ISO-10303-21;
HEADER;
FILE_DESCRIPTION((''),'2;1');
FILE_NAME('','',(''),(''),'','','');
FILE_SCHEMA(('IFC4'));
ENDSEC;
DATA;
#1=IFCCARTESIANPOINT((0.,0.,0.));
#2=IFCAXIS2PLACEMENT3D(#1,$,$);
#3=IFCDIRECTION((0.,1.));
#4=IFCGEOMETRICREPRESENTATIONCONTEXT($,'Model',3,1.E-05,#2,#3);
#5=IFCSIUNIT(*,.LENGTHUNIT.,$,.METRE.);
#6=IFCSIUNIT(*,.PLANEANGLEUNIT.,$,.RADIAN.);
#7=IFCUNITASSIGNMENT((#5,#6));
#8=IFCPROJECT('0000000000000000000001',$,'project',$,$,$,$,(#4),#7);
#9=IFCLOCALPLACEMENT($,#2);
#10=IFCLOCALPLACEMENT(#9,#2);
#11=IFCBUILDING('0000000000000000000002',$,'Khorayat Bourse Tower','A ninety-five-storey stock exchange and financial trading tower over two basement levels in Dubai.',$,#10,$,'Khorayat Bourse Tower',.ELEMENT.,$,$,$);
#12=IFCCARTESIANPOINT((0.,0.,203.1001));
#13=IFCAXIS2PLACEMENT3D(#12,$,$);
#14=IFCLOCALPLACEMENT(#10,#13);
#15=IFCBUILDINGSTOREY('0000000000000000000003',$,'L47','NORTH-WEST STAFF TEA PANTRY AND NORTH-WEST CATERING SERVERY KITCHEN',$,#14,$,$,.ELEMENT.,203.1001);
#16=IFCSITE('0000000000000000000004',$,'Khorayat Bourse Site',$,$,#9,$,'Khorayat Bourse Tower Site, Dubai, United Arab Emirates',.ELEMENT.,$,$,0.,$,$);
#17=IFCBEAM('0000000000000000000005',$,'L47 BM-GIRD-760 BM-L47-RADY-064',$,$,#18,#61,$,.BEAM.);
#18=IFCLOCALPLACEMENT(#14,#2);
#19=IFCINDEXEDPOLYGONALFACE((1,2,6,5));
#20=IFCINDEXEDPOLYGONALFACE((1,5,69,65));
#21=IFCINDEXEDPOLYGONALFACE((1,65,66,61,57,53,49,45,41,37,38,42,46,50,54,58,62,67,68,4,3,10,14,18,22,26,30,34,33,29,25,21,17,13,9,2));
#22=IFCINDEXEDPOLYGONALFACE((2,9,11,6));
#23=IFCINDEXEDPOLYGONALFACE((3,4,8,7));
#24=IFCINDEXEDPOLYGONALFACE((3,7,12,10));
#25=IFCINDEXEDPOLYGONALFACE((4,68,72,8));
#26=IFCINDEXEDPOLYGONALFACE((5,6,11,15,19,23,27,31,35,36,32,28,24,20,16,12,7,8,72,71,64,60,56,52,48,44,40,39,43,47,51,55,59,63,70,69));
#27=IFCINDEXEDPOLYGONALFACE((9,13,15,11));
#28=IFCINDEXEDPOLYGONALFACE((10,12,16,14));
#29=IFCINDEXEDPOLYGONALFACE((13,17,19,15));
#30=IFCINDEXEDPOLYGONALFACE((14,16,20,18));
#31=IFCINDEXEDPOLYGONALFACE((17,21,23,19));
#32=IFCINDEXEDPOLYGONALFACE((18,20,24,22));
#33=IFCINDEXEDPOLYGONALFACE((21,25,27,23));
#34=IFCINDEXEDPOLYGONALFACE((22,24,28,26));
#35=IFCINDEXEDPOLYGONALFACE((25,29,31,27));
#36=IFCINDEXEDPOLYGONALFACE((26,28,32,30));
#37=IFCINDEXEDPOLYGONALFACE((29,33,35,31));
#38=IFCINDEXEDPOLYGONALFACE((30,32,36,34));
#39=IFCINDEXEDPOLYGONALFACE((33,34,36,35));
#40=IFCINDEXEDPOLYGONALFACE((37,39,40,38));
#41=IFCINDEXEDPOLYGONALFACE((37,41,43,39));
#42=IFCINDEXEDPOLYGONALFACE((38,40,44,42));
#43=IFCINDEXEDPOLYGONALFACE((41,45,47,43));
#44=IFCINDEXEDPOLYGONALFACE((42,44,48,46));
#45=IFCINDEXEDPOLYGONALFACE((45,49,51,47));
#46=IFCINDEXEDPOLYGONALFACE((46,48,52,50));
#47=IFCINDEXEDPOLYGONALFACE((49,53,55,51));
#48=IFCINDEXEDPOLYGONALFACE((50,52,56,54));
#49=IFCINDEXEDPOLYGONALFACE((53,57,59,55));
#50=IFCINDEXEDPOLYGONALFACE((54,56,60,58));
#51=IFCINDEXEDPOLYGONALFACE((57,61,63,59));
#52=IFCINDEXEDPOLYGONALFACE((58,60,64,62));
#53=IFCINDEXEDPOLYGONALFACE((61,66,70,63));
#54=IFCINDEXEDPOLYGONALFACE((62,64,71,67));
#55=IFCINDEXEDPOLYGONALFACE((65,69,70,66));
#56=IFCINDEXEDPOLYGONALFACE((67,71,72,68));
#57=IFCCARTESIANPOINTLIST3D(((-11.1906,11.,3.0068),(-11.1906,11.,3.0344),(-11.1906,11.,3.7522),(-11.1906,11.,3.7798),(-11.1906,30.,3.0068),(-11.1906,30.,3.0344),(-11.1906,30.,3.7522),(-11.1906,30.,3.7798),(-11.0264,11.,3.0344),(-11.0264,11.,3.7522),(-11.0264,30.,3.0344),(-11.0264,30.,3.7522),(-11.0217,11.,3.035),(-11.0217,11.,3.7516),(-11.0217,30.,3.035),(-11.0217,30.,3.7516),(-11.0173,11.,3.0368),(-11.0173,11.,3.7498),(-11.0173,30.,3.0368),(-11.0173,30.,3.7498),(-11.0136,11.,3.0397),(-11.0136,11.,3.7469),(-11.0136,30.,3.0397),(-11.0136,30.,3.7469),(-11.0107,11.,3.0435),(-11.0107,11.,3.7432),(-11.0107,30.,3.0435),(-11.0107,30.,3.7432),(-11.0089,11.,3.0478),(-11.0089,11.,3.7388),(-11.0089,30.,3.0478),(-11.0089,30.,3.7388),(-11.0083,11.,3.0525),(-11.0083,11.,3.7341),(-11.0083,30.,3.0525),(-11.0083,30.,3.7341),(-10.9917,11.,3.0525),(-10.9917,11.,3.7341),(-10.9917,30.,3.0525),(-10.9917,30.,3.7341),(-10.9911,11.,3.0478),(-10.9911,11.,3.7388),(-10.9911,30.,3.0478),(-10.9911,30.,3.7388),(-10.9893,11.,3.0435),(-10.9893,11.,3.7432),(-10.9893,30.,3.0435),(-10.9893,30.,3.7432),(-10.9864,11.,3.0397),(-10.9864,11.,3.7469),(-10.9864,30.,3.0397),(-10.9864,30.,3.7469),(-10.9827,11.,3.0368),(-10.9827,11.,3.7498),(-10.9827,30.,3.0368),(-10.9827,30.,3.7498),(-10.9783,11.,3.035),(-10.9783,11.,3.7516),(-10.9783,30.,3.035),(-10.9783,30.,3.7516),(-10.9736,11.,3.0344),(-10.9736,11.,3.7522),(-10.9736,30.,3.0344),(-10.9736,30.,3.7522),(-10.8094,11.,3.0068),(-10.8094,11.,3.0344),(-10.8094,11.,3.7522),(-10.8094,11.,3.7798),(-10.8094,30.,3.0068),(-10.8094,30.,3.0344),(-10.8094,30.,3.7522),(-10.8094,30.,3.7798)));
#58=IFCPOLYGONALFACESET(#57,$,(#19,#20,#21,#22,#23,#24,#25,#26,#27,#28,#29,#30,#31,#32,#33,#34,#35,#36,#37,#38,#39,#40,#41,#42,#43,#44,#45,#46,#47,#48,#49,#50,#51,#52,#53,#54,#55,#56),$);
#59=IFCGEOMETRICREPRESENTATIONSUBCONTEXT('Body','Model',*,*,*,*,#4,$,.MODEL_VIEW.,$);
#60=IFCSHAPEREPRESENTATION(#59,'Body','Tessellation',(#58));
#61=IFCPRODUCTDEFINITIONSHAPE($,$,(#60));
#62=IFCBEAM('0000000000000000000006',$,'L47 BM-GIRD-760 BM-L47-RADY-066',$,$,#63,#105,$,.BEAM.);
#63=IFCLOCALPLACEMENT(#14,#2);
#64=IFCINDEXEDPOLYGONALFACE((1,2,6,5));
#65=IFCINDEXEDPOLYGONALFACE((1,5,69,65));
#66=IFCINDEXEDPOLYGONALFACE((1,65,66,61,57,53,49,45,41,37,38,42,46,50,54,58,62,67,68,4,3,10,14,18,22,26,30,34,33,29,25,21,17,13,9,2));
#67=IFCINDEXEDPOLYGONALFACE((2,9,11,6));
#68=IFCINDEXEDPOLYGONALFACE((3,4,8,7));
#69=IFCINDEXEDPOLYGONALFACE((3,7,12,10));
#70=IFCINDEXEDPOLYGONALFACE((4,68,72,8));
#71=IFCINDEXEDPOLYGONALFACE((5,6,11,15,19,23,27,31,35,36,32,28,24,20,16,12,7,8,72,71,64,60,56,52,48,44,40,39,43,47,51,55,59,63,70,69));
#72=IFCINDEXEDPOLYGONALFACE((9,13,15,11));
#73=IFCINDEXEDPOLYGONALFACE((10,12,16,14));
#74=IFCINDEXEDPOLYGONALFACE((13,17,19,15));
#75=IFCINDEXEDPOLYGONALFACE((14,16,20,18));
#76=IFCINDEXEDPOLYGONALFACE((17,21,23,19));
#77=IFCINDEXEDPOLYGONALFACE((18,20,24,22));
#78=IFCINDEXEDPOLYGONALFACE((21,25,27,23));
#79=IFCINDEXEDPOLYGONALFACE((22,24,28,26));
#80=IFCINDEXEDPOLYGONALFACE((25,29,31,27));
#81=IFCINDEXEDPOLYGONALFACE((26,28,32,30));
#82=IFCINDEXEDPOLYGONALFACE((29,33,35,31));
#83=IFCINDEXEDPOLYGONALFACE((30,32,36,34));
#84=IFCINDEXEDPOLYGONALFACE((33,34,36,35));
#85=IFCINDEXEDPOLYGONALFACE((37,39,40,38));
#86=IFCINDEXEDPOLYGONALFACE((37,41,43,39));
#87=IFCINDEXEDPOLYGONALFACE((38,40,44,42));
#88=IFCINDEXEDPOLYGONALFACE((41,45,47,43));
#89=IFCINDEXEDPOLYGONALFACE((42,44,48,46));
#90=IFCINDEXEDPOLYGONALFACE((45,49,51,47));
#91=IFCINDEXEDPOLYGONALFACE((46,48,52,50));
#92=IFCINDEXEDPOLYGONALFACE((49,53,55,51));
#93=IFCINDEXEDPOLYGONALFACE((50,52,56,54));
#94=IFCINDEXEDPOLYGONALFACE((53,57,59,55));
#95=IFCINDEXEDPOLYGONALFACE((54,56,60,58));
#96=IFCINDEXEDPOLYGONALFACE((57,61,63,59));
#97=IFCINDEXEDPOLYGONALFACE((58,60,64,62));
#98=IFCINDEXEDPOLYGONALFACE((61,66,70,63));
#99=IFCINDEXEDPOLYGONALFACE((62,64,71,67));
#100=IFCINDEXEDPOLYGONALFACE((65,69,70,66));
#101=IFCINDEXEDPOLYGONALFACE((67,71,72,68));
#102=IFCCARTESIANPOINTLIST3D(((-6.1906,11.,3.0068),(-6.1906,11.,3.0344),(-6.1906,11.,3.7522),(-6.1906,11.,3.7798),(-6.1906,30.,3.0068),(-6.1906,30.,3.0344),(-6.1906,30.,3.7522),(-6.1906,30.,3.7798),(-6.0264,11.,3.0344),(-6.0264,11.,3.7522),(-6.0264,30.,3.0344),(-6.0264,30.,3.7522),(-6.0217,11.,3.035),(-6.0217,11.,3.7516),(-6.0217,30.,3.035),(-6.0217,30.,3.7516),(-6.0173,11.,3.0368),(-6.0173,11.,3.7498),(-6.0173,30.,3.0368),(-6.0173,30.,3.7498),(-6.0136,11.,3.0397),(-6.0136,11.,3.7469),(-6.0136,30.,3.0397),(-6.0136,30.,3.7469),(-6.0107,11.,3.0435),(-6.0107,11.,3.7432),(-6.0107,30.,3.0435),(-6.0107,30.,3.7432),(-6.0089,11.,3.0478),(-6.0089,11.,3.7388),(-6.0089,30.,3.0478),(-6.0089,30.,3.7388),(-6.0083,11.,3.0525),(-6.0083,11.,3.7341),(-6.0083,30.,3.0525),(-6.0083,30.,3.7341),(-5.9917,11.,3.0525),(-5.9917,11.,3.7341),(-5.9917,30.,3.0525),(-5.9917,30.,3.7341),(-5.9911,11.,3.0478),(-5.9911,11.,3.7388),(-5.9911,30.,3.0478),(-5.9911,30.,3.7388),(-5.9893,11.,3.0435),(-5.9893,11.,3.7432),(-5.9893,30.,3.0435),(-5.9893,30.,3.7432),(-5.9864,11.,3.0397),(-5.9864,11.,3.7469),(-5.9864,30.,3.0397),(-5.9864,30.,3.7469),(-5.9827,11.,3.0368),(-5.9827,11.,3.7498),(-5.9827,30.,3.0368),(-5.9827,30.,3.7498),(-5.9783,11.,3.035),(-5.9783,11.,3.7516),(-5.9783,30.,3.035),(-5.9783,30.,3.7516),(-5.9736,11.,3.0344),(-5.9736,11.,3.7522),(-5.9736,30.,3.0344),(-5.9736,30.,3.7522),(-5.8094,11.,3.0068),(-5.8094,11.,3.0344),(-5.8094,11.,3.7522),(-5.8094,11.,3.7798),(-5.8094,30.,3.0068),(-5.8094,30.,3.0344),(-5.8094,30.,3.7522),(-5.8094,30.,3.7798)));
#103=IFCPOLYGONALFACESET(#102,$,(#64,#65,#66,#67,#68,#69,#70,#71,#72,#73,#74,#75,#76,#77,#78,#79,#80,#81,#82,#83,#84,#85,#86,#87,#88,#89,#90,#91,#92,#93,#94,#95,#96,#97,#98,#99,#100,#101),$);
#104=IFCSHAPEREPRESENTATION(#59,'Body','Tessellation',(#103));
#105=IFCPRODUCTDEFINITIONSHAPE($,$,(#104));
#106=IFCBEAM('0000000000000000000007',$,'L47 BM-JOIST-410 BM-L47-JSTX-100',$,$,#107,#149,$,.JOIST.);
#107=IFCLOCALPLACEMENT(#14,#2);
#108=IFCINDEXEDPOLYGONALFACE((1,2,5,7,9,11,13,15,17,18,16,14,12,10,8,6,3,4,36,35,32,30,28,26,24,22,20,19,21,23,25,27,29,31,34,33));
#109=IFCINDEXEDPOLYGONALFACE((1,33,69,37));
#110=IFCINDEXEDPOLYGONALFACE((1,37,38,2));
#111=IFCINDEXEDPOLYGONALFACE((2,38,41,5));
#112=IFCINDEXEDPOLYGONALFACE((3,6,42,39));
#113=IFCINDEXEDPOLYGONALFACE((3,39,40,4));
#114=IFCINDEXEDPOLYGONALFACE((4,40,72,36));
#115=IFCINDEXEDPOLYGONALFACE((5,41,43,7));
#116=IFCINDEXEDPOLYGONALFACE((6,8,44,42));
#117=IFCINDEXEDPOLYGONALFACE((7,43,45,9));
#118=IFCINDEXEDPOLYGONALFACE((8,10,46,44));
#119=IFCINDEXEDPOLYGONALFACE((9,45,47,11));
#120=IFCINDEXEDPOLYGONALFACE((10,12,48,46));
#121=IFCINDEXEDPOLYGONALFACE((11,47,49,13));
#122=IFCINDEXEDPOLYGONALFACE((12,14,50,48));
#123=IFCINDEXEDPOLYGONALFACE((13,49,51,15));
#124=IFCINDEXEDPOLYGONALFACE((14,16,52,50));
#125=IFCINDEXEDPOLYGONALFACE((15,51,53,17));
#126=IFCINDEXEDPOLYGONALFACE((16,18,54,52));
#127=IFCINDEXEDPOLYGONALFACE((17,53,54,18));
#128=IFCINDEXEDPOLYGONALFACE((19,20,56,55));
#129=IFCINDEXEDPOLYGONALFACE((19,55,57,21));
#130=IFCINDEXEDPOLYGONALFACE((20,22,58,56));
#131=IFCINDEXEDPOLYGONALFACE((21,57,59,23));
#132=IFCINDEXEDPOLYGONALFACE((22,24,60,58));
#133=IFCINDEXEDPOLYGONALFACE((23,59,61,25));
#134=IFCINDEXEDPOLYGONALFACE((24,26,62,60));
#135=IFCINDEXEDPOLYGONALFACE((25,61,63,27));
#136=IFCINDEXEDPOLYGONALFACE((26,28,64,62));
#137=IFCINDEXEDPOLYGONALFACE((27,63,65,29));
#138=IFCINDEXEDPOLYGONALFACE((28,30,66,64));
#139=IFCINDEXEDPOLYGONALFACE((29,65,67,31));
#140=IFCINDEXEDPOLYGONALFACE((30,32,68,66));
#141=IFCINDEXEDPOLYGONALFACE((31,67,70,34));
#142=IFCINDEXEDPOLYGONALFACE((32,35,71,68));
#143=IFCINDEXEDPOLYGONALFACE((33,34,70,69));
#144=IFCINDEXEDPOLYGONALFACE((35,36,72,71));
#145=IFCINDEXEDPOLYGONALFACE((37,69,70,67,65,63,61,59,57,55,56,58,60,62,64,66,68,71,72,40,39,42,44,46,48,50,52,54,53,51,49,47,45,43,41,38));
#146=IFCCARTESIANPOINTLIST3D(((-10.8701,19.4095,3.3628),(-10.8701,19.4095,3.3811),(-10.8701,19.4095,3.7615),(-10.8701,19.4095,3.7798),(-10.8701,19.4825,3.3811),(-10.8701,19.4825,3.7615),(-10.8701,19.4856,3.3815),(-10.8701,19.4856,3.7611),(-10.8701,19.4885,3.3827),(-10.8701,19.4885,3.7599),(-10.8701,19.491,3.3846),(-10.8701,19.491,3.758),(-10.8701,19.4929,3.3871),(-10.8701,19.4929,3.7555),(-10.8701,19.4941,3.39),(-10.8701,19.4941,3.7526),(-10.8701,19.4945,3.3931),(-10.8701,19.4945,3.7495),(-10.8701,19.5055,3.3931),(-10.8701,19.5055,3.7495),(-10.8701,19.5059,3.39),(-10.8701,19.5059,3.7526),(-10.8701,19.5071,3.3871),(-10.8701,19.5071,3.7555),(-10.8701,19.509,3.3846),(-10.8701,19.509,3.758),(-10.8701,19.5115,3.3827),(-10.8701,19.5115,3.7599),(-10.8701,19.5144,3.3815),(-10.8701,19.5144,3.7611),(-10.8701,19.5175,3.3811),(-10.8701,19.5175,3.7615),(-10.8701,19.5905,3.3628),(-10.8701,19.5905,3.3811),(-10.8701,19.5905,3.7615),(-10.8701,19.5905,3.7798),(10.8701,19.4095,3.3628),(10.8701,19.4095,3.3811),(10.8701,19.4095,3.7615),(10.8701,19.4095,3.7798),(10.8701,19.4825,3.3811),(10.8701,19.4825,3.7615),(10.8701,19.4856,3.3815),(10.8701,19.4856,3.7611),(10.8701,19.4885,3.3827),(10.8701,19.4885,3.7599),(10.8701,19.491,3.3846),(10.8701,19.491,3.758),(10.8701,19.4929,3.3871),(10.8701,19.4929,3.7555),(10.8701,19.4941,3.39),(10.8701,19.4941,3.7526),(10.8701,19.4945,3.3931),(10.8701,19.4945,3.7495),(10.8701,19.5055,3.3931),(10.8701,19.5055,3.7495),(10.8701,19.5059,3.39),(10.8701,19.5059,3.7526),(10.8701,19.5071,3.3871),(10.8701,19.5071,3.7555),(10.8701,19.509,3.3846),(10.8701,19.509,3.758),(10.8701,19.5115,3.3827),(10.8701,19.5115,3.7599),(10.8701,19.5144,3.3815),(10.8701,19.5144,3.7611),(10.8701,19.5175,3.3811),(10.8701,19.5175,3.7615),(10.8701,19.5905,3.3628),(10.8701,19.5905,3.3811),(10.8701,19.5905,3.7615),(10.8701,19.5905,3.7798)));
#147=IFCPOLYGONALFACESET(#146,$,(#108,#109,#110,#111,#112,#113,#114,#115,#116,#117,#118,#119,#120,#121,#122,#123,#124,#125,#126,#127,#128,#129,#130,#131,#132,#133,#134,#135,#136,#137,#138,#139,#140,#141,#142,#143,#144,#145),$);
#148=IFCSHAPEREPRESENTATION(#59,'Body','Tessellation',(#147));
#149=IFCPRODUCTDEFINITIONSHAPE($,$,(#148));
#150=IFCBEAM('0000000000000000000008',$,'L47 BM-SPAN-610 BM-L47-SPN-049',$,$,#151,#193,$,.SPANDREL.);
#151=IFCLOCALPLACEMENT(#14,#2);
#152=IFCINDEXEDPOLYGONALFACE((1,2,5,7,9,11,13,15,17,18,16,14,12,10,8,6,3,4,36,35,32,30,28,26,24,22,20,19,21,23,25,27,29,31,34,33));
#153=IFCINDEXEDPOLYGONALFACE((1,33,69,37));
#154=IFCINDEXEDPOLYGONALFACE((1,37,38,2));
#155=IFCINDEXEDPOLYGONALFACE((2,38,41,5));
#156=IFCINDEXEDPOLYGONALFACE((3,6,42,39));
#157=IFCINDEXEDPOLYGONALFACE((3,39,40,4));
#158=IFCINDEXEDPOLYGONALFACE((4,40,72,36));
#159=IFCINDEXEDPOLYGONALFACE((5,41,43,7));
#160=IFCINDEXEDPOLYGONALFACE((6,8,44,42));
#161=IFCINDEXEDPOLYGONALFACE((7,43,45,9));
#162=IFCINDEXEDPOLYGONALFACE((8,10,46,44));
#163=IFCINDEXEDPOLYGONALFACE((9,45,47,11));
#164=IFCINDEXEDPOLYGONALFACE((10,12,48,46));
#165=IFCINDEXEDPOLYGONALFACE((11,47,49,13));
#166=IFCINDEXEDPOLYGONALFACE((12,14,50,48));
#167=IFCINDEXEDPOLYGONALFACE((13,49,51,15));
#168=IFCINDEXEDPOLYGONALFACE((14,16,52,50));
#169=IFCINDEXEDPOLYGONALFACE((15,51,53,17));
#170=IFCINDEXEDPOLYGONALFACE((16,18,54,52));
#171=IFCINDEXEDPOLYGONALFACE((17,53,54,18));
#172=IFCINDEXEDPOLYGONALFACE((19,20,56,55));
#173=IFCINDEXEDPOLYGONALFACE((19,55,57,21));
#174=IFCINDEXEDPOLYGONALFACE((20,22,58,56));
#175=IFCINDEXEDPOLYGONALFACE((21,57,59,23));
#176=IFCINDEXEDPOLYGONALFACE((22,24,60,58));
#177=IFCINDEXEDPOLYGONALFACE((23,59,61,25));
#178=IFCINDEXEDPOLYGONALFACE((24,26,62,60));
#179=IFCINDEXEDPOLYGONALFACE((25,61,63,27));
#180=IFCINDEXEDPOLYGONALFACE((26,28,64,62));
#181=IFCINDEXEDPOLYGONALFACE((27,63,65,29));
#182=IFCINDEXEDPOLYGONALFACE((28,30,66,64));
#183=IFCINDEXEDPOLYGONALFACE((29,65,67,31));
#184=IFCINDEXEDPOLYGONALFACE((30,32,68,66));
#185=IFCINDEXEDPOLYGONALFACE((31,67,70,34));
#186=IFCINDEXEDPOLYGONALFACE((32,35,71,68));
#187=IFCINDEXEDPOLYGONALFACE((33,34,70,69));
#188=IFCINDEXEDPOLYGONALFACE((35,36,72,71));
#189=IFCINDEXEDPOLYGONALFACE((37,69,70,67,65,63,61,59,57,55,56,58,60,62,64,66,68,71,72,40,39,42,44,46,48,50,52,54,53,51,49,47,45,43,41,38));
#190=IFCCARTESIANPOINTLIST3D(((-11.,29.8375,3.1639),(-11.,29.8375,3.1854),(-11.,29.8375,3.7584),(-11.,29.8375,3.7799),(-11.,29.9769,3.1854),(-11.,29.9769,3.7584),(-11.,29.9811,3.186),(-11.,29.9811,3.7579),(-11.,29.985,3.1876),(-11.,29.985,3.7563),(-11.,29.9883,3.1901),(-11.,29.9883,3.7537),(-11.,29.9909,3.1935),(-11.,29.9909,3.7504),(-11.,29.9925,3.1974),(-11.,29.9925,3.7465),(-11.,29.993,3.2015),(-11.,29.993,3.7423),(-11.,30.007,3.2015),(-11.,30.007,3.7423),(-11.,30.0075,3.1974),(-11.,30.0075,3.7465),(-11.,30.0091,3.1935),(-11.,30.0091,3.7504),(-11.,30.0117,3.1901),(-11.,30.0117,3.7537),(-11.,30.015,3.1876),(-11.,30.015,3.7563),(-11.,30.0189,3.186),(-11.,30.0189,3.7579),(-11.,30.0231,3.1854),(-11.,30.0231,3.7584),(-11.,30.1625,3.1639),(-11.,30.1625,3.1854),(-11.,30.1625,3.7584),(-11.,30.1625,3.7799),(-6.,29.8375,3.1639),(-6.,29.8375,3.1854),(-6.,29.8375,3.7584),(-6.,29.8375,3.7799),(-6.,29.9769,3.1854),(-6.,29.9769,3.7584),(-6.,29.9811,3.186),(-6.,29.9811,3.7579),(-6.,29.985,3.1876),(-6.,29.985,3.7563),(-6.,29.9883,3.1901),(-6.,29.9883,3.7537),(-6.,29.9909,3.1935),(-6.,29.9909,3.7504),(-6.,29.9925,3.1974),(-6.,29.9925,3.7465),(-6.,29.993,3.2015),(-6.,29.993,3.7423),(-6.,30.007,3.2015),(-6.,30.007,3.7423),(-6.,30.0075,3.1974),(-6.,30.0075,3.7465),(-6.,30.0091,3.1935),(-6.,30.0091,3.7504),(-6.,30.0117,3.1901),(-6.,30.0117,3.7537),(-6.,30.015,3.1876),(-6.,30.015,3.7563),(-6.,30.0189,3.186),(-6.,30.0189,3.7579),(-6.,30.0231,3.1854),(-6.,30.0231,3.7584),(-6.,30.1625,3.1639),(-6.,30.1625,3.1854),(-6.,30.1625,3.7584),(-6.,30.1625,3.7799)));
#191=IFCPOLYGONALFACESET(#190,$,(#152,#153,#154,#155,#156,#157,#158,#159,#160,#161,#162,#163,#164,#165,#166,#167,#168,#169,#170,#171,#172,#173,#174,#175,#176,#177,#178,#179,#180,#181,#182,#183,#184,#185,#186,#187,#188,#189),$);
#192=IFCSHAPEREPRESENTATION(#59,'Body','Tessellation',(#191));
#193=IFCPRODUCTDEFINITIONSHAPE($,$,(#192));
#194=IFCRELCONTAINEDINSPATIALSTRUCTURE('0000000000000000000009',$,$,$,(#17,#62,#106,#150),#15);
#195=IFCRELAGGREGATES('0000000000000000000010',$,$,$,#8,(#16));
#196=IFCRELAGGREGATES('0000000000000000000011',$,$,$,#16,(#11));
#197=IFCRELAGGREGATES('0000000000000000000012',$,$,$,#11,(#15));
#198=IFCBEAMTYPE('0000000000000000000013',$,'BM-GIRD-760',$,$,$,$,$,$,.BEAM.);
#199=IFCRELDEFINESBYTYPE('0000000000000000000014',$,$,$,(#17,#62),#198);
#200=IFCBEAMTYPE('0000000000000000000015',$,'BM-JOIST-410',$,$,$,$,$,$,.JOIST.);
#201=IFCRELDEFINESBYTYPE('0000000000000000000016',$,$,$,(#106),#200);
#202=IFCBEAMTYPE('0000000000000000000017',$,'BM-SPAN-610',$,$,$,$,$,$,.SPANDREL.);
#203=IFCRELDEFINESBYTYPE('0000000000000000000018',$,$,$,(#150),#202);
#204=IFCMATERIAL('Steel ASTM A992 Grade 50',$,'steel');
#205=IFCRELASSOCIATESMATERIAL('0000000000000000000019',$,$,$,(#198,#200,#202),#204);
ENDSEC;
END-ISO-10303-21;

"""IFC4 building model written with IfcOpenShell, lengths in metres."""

from ifc_helpers import new_model, si_unit, direction, frame, origin, origin_2d, place, context, subcontext, project, spatial, i_section, extrude, source, transform, mapped, material, material_profile, profile_set, type_object, element, save


model = new_model("IFC4")

# Units and contexts
model_context = context("Model", 3, precision=1e-05, world=origin(), true_north=direction((0.0, 1.0)))
body_context = subcontext(model_context, "Body", "Model", "MODEL_VIEW")
ifc_project = project(units=[si_unit("LENGTHUNIT", "METRE"), si_unit("PLANEANGLEUNIT", "RADIAN")], contexts=[model_context])

# Site, building, storey
site_placement = place(None, origin())
site = spatial("IfcSite", under=ifc_project, at=site_placement, Name="Khorayat Bourse Site", LongName="Khorayat Bourse Tower Site, Dubai, United Arab Emirates", CompositionType="ELEMENT", RefElevation=0.0)
building_placement = place(site_placement, origin())
building = spatial("IfcBuilding", under=site, at=building_placement, Name="Khorayat Bourse Tower", Description="A ninety-five-storey stock exchange and financial trading tower over two basement levels in Dubai.", LongName="Khorayat Bourse Tower", CompositionType="ELEMENT")
storey_placement = place(building_placement, frame((0.0, 0.0, 203.1001)))
storey = spatial("IfcBuildingStorey", under=building, at=storey_placement, Name="L47", Description="NORTH-WEST STAFF TEA PANTRY AND NORTH-WEST CATERING SERVERY KITCHEN", CompositionType="ELEMENT", Elevation=203.1001)

# Beams
ifc_material_1 = material(Name="Steel ASTM A992 Grade 50", Category="steel")
ifc_material_profile_1 = material_profile(ifc_material_1, i_section(OverallWidth=0.3811, OverallDepth=0.7729, WebThickness=0.0166, FlangeThickness=0.0276, FilletRadius=0.0181, at=origin_2d()), Name="W760X257")
ifc_profile_set_1 = profile_set([ifc_material_profile_1], Name="Steel ASTM A992 Grade 50")
beam_type_1 = type_object("IfcBeamType", Name="BM-GIRD-760", PredefinedType="BEAM", material=ifc_profile_set_1)
shared_shape_1 = source(origin(), body_context, "Body", "SweptSolid", [
    extrude(i_section(OverallWidth=0.3811, OverallDepth=0.7729, WebThickness=0.0166, FlangeThickness=0.0276, FilletRadius=0.0181, at=origin_2d()), origin(), (0.0, 0.0, 1.0), 19.0),
])
for number, where, z_axis, x_axis, name in (
    (1, (-11.0, 11.0, 3.3933), (0.0, 1.0, 0.0), (-1.0, 0.0, 0.0), "L47 BM-GIRD-760 BM-L47-RADY-064"),
    (2, (-6.0, 11.0, 3.3933), (0.0, 1.0, 0.0), (-1.0, 0.0, 0.0), "L47 BM-GIRD-760 BM-L47-RADY-066"),
):
    element("IfcBeam", number, at=place(storey_placement, frame(where, z_axis=z_axis, x_axis=x_axis)), inside=storey, type_object=beam_type_1, Name=name, PredefinedType="BEAM", context=body_context, shape_type="MappedRepresentation", body=[
        mapped(shared_shape_1, transform((0.0, 0.0, 0.0), scale=1.0)),
    ])
ifc_material_profile_2 = material_profile(ifc_material_1, i_section(OverallWidth=0.1809, OverallDepth=0.417, WebThickness=0.011, FlangeThickness=0.0183, FilletRadius=0.012, at=origin_2d()), Name="W410X85")
ifc_profile_set_2 = profile_set([ifc_material_profile_2], Name="Steel ASTM A992 Grade 50")
beam_type_2 = type_object("IfcBeamType", Name="BM-JOIST-410", PredefinedType="JOIST", material=ifc_profile_set_2)
shared_shape_2 = source(origin(), body_context, "Body", "SweptSolid", [
    extrude(i_section(OverallWidth=0.1809, OverallDepth=0.417, WebThickness=0.011, FlangeThickness=0.0183, FilletRadius=0.012, at=origin_2d()), origin(), (0.0, 0.0, 1.0), 21.7402),
])
beam_1_placement = place(storey_placement, frame((-10.8701, 19.5, 3.5713), z_axis=(1.0, 0.0, 0.0), x_axis=(0.0, 1.0, 0.0)))
element("IfcBeam", 3, at=beam_1_placement, inside=storey, type_object=beam_type_2, Name="L47 BM-JOIST-410 BM-L47-JSTX-100", PredefinedType="JOIST", context=body_context, shape_type="MappedRepresentation", body=[
    mapped(shared_shape_2, transform((0.0, 0.0, 0.0), scale=1.0)),
])
ifc_material_profile_3 = material_profile(ifc_material_1, i_section(OverallWidth=0.325, OverallDepth=0.616, WebThickness=0.0139, FlangeThickness=0.0215, FilletRadius=0.0161, at=origin_2d()), Name="W610X174")
ifc_profile_set_3 = profile_set([ifc_material_profile_3], Name="Steel ASTM A992 Grade 50")
beam_type_3 = type_object("IfcBeamType", Name="BM-SPAN-610", PredefinedType="SPANDREL", material=ifc_profile_set_3)
shared_shape_3 = source(origin(), body_context, "Body", "SweptSolid", [
    extrude(i_section(OverallWidth=0.325, OverallDepth=0.616, WebThickness=0.0139, FlangeThickness=0.0215, FilletRadius=0.0161, at=origin_2d()), origin(), (0.0, 0.0, 1.0), 5.0),
])
beam_2_placement = place(storey_placement, frame((-11.0, 30.0, 3.4719), z_axis=(1.0, 0.0, 0.0), x_axis=(0.0, 1.0, 0.0)))
element("IfcBeam", 4, at=beam_2_placement, inside=storey, type_object=beam_type_3, Name="L47 BM-SPAN-610 BM-L47-SPN-049", PredefinedType="SPANDREL", context=body_context, shape_type="MappedRepresentation", body=[
    mapped(shared_shape_3, transform((0.0, 0.0, 0.0), scale=1.0)),
])

save(model, "model.ifc")
